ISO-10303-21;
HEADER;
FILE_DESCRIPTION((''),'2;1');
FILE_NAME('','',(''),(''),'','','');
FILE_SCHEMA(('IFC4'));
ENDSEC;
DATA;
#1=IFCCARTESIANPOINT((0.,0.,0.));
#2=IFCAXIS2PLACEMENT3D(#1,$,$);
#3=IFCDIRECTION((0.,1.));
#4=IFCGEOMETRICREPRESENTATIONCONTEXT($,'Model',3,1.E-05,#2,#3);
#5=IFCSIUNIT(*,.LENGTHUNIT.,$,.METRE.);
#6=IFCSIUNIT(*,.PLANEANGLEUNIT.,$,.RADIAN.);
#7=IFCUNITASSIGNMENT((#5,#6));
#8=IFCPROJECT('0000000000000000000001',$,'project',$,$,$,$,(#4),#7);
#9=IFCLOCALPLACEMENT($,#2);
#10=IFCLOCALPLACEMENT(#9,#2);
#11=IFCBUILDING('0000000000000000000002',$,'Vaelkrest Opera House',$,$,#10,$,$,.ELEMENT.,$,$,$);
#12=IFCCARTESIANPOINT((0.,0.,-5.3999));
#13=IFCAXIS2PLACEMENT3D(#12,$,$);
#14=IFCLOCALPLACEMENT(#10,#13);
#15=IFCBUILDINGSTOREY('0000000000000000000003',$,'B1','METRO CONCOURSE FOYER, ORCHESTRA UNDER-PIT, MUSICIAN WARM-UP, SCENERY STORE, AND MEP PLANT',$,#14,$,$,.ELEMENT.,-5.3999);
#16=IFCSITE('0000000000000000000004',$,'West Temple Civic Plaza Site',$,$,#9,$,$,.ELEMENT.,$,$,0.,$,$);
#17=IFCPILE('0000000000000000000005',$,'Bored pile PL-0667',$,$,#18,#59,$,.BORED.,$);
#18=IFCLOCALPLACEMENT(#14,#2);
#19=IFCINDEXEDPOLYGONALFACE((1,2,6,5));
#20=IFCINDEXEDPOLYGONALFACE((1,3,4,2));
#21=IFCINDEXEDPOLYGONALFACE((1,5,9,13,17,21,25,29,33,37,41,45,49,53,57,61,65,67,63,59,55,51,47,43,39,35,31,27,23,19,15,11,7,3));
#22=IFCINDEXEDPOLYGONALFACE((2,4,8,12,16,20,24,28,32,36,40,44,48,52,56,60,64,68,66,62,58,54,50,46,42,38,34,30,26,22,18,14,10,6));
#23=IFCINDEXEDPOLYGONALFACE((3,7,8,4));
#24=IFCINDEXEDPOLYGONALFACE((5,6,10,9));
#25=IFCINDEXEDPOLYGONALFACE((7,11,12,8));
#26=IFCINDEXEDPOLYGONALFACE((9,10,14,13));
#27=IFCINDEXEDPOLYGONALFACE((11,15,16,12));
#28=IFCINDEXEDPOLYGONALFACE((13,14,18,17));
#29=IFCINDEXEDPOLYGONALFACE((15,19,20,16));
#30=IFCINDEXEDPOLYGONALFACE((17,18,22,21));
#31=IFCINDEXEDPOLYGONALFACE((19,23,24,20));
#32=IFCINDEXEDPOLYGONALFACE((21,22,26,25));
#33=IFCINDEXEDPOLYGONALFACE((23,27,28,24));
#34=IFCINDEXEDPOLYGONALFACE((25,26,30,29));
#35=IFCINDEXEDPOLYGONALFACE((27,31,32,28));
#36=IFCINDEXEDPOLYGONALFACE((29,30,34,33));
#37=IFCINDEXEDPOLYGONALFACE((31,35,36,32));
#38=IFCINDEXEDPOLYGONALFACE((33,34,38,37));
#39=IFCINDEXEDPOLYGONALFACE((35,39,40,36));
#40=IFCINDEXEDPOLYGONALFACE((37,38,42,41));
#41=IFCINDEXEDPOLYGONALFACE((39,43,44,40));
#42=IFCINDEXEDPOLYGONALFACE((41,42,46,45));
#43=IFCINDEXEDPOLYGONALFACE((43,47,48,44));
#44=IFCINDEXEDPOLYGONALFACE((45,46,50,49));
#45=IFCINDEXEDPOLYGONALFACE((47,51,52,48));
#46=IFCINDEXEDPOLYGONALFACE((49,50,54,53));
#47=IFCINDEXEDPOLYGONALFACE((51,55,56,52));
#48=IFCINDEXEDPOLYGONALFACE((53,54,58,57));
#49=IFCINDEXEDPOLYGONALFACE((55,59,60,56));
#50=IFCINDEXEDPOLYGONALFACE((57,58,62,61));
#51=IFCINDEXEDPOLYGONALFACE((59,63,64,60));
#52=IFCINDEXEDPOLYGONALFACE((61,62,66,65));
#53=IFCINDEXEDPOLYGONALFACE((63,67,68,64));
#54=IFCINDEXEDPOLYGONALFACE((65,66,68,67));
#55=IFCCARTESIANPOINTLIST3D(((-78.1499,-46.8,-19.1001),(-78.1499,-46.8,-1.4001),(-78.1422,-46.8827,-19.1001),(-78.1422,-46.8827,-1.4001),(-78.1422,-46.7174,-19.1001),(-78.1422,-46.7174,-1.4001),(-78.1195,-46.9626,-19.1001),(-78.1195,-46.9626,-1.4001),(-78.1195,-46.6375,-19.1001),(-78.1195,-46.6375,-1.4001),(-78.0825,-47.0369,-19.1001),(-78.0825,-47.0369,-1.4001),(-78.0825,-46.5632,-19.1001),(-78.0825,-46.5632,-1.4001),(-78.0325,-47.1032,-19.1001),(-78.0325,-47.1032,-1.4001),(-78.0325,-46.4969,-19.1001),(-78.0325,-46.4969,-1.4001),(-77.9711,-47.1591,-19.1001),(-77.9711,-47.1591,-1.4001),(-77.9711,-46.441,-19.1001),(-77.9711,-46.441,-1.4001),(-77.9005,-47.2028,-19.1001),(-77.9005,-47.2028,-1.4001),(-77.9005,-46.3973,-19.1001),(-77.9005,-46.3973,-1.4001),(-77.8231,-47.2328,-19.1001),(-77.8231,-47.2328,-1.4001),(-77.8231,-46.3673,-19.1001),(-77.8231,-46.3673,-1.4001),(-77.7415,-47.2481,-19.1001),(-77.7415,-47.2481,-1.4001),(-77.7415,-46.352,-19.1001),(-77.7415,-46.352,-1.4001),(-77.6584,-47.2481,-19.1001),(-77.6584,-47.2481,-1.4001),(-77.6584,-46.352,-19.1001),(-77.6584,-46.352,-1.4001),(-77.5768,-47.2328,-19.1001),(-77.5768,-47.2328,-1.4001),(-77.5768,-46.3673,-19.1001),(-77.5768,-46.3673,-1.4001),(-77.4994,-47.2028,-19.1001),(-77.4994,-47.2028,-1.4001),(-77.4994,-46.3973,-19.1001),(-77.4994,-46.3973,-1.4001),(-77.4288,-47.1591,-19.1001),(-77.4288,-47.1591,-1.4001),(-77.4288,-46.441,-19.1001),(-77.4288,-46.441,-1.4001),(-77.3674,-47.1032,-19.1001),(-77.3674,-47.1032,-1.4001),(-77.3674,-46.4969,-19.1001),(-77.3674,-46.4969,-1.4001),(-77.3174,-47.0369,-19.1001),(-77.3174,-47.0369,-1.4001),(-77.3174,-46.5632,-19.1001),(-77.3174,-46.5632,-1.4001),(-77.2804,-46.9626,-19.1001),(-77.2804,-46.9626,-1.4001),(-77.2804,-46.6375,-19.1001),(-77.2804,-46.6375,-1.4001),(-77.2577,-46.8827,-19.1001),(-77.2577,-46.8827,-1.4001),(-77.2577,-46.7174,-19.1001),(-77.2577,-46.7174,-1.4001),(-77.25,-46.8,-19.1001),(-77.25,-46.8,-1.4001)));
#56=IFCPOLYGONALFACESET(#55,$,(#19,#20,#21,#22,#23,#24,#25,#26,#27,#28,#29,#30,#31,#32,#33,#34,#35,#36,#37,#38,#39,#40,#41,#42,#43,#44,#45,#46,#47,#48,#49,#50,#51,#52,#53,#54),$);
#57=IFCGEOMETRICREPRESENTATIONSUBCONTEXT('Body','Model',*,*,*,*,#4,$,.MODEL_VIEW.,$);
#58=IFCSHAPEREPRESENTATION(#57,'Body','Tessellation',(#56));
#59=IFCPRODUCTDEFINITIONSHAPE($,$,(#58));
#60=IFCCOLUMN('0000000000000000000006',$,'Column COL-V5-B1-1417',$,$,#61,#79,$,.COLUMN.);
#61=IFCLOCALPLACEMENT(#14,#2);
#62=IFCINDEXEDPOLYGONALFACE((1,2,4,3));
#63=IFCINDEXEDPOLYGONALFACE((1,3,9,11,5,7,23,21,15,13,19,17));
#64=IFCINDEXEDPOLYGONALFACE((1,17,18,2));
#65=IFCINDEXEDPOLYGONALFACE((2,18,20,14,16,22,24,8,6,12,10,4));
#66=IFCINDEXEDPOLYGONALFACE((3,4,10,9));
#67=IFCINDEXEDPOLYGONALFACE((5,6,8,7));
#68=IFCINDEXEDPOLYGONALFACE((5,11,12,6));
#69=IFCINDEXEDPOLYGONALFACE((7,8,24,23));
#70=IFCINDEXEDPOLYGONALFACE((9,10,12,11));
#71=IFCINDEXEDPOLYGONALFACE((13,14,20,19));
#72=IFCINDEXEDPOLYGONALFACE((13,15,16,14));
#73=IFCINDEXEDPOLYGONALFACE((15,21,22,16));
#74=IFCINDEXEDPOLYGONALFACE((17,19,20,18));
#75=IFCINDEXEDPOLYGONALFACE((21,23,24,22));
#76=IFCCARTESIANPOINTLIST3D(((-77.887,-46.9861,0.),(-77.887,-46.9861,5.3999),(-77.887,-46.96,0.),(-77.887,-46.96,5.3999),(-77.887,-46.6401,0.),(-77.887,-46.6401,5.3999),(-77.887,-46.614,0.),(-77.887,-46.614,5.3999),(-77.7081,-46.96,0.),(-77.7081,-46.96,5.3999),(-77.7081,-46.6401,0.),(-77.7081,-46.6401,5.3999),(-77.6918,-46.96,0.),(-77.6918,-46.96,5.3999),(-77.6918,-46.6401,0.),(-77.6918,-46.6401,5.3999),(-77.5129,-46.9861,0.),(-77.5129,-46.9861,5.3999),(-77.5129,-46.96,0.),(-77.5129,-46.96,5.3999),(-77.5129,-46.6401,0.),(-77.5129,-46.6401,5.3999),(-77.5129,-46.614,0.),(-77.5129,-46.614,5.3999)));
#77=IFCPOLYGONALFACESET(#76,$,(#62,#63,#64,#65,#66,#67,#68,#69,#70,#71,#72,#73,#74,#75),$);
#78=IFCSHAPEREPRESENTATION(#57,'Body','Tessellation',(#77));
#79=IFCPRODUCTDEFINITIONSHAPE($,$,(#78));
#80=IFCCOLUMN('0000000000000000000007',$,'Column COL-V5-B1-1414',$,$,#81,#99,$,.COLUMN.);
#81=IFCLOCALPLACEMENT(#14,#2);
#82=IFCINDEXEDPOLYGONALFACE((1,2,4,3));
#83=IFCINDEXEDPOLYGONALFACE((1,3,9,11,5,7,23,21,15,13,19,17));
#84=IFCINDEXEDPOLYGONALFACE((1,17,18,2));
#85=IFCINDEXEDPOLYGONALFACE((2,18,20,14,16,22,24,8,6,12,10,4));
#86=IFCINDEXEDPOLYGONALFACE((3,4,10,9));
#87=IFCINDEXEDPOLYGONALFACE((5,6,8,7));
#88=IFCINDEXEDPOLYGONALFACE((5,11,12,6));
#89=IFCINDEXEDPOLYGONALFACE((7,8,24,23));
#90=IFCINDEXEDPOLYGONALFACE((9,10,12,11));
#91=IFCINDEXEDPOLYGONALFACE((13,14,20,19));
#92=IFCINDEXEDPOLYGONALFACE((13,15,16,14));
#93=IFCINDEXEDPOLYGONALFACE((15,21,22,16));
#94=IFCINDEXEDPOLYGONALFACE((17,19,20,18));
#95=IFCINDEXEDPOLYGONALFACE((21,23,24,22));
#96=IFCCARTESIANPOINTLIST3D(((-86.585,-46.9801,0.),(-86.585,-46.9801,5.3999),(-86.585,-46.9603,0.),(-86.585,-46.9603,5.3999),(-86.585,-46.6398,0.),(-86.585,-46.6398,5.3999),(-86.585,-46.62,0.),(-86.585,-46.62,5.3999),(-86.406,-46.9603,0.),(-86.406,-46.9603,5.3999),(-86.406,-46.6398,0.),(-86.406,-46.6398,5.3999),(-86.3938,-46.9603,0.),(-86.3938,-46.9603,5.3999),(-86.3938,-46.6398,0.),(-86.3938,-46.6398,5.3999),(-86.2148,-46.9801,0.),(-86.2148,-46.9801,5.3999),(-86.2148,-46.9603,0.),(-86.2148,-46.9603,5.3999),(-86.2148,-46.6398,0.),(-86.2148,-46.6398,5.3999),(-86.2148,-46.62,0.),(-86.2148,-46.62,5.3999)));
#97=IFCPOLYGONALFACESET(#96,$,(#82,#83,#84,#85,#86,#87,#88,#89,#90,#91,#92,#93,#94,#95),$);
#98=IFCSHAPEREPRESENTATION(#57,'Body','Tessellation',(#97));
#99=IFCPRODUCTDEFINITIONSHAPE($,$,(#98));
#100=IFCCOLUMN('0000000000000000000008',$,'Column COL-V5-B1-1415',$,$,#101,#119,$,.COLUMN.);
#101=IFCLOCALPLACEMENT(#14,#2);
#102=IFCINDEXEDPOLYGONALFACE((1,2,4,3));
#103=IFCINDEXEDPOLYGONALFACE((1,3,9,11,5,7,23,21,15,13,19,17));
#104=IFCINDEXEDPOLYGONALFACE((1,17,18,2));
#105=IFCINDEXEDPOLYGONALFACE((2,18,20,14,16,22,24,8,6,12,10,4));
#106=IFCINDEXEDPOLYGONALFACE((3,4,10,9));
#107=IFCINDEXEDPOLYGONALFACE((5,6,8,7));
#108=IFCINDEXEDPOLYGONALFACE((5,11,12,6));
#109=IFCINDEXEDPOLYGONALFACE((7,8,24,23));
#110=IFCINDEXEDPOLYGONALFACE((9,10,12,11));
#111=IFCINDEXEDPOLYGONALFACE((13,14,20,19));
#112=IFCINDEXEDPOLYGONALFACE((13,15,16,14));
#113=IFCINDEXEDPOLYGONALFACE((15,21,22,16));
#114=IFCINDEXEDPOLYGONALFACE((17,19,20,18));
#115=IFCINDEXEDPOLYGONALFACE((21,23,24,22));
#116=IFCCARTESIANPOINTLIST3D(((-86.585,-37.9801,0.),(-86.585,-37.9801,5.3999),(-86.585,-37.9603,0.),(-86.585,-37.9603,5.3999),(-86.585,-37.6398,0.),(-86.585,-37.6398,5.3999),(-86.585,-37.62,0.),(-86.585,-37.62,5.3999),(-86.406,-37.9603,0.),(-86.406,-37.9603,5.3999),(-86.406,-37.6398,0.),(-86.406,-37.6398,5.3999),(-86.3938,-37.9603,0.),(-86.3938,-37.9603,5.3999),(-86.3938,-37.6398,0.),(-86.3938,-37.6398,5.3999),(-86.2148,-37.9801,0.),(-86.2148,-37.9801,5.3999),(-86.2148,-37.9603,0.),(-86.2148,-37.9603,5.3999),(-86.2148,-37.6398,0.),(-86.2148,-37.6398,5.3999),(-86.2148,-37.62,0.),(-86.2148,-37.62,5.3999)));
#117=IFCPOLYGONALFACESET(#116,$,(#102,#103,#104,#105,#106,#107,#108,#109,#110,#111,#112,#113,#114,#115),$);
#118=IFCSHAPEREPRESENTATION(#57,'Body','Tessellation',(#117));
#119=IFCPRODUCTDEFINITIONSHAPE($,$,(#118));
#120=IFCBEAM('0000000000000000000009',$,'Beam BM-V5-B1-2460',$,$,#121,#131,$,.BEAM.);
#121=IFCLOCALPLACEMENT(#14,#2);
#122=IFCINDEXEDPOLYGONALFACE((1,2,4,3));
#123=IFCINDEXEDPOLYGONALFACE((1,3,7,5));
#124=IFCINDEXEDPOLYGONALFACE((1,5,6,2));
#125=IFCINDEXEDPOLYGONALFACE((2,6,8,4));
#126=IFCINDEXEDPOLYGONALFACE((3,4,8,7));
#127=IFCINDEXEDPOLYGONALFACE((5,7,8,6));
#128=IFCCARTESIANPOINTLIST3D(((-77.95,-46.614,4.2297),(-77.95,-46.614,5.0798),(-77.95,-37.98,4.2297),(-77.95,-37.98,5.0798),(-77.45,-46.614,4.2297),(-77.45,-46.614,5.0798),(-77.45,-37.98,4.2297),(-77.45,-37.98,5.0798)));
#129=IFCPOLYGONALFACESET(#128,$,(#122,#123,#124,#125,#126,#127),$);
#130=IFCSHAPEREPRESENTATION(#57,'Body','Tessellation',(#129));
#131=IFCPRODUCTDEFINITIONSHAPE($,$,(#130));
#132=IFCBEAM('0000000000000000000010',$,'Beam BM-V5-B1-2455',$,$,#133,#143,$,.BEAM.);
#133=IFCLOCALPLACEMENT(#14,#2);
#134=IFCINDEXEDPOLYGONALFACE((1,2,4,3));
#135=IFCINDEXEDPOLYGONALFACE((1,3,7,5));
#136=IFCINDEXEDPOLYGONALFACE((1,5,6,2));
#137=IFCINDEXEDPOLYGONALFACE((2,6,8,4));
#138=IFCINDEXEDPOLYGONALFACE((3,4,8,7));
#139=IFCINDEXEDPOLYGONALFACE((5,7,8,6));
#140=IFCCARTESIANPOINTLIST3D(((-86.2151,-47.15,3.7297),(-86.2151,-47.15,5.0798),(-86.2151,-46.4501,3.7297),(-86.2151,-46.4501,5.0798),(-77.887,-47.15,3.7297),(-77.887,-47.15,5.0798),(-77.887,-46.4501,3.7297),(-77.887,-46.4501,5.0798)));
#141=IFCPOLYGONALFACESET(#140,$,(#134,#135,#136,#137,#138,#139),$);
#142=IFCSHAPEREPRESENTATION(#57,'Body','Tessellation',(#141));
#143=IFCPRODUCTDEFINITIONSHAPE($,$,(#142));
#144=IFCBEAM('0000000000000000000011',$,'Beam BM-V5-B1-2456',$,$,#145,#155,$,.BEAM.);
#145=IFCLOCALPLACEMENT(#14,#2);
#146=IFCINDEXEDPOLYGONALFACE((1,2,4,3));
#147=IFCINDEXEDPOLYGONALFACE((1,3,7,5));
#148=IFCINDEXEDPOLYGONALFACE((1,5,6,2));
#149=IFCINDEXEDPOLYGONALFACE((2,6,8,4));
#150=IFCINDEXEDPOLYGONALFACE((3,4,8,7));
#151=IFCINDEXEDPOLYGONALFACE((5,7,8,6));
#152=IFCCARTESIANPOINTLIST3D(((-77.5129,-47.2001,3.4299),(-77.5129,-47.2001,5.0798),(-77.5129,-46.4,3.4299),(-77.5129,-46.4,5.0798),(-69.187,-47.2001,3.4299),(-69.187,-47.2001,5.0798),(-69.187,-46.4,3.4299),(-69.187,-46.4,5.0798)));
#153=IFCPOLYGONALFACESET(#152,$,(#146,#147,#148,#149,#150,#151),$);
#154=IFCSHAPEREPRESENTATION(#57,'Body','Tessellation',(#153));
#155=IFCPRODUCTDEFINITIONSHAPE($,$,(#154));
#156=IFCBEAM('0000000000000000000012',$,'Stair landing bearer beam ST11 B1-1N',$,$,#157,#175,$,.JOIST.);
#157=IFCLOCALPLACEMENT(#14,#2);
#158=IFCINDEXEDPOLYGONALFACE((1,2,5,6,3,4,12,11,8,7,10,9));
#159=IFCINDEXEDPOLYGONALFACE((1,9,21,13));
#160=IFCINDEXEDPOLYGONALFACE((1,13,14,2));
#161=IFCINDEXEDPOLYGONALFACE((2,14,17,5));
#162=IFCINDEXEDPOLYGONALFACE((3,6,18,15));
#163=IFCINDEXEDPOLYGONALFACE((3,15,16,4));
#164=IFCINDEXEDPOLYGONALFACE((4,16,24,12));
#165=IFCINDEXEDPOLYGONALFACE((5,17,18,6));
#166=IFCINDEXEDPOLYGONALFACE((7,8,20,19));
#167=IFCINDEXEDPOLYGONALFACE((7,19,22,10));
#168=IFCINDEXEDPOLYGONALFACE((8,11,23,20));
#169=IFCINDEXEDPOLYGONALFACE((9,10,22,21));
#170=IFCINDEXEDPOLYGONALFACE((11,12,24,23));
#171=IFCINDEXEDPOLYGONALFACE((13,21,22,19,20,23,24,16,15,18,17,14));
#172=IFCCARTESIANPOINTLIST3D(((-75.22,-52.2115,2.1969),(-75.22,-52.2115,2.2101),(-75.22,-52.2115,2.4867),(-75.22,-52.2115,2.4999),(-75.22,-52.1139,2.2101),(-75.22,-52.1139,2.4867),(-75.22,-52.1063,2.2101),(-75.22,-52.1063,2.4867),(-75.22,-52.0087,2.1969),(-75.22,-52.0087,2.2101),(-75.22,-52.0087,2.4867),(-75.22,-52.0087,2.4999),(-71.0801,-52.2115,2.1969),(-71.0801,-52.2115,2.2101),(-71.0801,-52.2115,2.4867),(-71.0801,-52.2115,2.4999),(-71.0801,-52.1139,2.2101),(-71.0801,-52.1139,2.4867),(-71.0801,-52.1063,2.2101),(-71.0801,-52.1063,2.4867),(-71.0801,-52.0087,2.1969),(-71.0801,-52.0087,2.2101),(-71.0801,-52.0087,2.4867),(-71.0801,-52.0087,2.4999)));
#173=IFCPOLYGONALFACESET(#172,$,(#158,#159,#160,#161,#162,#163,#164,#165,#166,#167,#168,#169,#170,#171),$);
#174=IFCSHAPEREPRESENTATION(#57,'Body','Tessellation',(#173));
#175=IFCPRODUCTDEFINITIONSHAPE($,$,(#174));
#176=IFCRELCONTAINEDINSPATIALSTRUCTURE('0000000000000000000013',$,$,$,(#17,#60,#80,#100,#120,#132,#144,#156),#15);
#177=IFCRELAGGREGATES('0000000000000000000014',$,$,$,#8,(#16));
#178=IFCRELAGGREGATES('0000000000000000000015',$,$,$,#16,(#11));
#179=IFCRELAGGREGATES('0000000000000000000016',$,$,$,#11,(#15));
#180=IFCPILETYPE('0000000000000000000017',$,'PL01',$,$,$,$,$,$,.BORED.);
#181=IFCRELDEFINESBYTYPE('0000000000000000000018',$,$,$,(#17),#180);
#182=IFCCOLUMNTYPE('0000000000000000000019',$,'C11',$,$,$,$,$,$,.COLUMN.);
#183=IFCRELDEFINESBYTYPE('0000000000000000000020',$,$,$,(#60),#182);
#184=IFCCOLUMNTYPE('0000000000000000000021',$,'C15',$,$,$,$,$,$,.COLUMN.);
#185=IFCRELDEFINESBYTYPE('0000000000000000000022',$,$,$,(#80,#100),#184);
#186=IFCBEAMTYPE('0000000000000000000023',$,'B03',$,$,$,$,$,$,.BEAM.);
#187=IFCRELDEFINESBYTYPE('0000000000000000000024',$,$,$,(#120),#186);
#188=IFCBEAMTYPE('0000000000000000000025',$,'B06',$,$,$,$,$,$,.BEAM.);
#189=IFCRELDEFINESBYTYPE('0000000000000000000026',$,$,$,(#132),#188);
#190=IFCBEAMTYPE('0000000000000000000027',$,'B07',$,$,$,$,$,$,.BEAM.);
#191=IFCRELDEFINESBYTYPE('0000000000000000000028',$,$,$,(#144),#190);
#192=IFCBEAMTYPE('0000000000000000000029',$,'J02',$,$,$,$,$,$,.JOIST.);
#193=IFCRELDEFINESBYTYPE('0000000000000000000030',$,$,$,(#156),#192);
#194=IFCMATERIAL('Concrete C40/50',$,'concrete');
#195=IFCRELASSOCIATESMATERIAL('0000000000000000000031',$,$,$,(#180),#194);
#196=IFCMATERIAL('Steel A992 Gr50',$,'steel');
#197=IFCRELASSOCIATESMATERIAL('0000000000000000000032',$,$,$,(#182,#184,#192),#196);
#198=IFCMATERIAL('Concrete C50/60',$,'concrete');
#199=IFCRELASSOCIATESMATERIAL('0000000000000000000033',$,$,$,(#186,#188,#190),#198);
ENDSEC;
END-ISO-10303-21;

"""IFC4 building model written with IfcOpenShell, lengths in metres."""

from ifc_helpers import new_model, si_unit, direction, frame, origin, origin_2d, place, context, subcontext, project, spatial, rectangle, circle, i_section, extrude, material, material_profile, profile_set, type_object, element, save


model = new_model("IFC4")

# Units and contexts
model_context = context("Model", 3, precision=1e-05, world=origin(), true_north=direction((0.0, 1.0)))
body_context = subcontext(model_context, "Body", "Model", "MODEL_VIEW")
ifc_project = project(units=[si_unit("LENGTHUNIT", "METRE"), si_unit("PLANEANGLEUNIT", "RADIAN")], contexts=[model_context])

# Site, building, storey
site_placement = place(None, origin())
site = spatial("IfcSite", under=ifc_project, at=site_placement, Name="West Temple Civic Plaza Site", CompositionType="ELEMENT", RefElevation=0.0)
building_placement = place(site_placement, origin())
building = spatial("IfcBuilding", under=site, at=building_placement, Name="Vaelkrest Opera House", CompositionType="ELEMENT")
storey_placement = place(building_placement, frame((0.0, 0.0, -5.3999)))
storey = spatial("IfcBuildingStorey", under=building, at=storey_placement, Name="B1", Description="METRO CONCOURSE FOYER, ORCHESTRA UNDER-PIT, MUSICIAN WARM-UP, SCENERY STORE, AND MEP PLANT", CompositionType="ELEMENT", Elevation=-5.3999)

# Shared definitions
ifc_material_1 = material(Name="Concrete C40/50", Category="concrete")

# Pile
ifc_material_profile_1 = material_profile(ifc_material_1, circle(Radius=0.45, at=origin_2d()), Name="PILE900")
ifc_profile_set_1 = profile_set([ifc_material_profile_1], Name="Concrete C40/50")
pile_type = type_object("IfcPileType", Name="PL01", PredefinedType="BORED", material=ifc_profile_set_1)
for number, where, z_axis, x_axis, name in (
    (1, (-77.7, -46.8, -1.4001), (0.0, 0.0, -1.0), (1.0, 0.0, 0.0), "Bored pile PL-0667"),
):
    element("IfcPile", number, at=place(storey_placement, frame(where, z_axis=z_axis, x_axis=x_axis)), inside=storey, type_object=pile_type, Name=name, PredefinedType="BORED", context=body_context, shape_type="SweptSolid", body=[
        extrude(circle(Radius=0.45, at=origin_2d()), origin(), (0.0, 0.0, 1.0), 17.7),
    ])

# Columns
ifc_material_2 = material(Name="Steel A992 Gr50", Category="steel")
ifc_material_profile_2 = material_profile(ifc_material_2, i_section(OverallWidth=0.374, OverallDepth=0.3721, WebThickness=0.0164, FlangeThickness=0.0261, at=origin_2d()), Name="W14X132")
ifc_profile_set_2 = profile_set([ifc_material_profile_2], Name="Steel A992 Gr50")
column_type_1 = type_object("IfcColumnType", Name="C11", PredefinedType="COLUMN", material=ifc_profile_set_2)
column_placement = place(storey_placement, frame((-77.7, -46.8, 0.0), z_axis=(0.0, 0.0, 1.0), x_axis=(1.0, 0.0, 0.0)))
element("IfcColumn", 2, at=column_placement, inside=storey, type_object=column_type_1, Name="Column COL-V5-B1-1417", PredefinedType="COLUMN", context=body_context, shape_type="SweptSolid", body=[
    extrude(i_section(OverallWidth=0.374, OverallDepth=0.3721, WebThickness=0.0164, FlangeThickness=0.0261, at=origin_2d()), origin(), (0.0, 0.0, 1.0), 5.3999),
])
ifc_material_profile_3 = material_profile(ifc_material_2, i_section(OverallWidth=0.3701, OverallDepth=0.3601, WebThickness=0.0122, FlangeThickness=0.0198, at=origin_2d()), Name="W14X99")
ifc_profile_set_3 = profile_set([ifc_material_profile_3], Name="Steel A992 Gr50")
column_type_2 = type_object("IfcColumnType", Name="C15", PredefinedType="COLUMN", material=ifc_profile_set_3)
for number, where, z_axis, x_axis, name in (
    (3, (-86.3999, -46.8, 0.0), (0.0, 0.0, 1.0), (1.0, 0.0, 0.0), "Column COL-V5-B1-1414"),
    (4, (-86.3999, -37.8, 0.0), (0.0, 0.0, 1.0), (1.0, 0.0, 0.0), "Column COL-V5-B1-1415"),
):
    element("IfcColumn", number, at=place(storey_placement, frame(where, z_axis=z_axis, x_axis=x_axis)), inside=storey, type_object=column_type_2, Name=name, PredefinedType="COLUMN", context=body_context, shape_type="SweptSolid", body=[
        extrude(i_section(OverallWidth=0.3701, OverallDepth=0.3601, WebThickness=0.0122, FlangeThickness=0.0198, at=origin_2d()), origin(), (0.0, 0.0, 1.0), 5.3999),
    ])

# Beams
ifc_material_3 = material(Name="Concrete C50/60", Category="concrete")
ifc_material_profile_4 = material_profile(ifc_material_3, rectangle(XDim=0.5, YDim=0.8501, at=origin_2d()), Name="RCB500X850")
ifc_profile_set_4 = profile_set([ifc_material_profile_4], Name="Concrete C50/60")
beam_type_1 = type_object("IfcBeamType", Name="B03", PredefinedType="BEAM", material=ifc_profile_set_4)
beam_1_placement = place(storey_placement, frame((-77.7, -46.614, 4.6548), z_axis=(0.0, 1.0, 0.0), x_axis=(-1.0, 0.0, 0.0)))
element("IfcBeam", 5, at=beam_1_placement, inside=storey, type_object=beam_type_1, Name="Beam BM-V5-B1-2460", PredefinedType="BEAM", context=body_context, shape_type="SweptSolid", body=[
    extrude(rectangle(XDim=0.5, YDim=0.8501, at=origin_2d()), origin(), (0.0, 0.0, 1.0), 8.634),
])
ifc_material_profile_5 = material_profile(ifc_material_3, rectangle(XDim=0.7, YDim=1.3501, at=origin_2d()), Name="RCB700X1350")
ifc_profile_set_5 = profile_set([ifc_material_profile_5], Name="Concrete C50/60")
beam_type_2 = type_object("IfcBeamType", Name="B06", PredefinedType="BEAM", material=ifc_profile_set_5)
beam_2_placement = place(storey_placement, frame((-86.2151, -46.8, 4.4048), z_axis=(1.0, 0.0, 0.0), x_axis=(0.0, 1.0, 0.0)))
element("IfcBeam", 6, at=beam_2_placement, inside=storey, type_object=beam_type_2, Name="Beam BM-V5-B1-2455", PredefinedType="BEAM", context=body_context, shape_type="SweptSolid", body=[
    extrude(rectangle(XDim=0.7, YDim=1.3501, at=origin_2d()), origin(), (0.0, 0.0, 1.0), 8.3281),
])
ifc_material_profile_6 = material_profile(ifc_material_3, rectangle(XDim=0.8, YDim=1.6499, at=origin_2d()), Name="RCB800X1650")
ifc_profile_set_6 = profile_set([ifc_material_profile_6], Name="Concrete C50/60")
beam_type_3 = type_object("IfcBeamType", Name="B07", PredefinedType="BEAM", material=ifc_profile_set_6)
beam_3_placement = place(storey_placement, frame((-77.5129, -46.8, 4.2549), z_axis=(1.0, 0.0, 0.0), x_axis=(0.0, 1.0, 0.0)))
element("IfcBeam", 7, at=beam_3_placement, inside=storey, type_object=beam_type_3, Name="Beam BM-V5-B1-2456", PredefinedType="BEAM", context=body_context, shape_type="SweptSolid", body=[
    extrude(rectangle(XDim=0.8, YDim=1.6499, at=origin_2d()), origin(), (0.0, 0.0, 1.0), 8.3259),
])
ifc_material_profile_7 = material_profile(ifc_material_2, i_section(OverallWidth=0.2029, OverallDepth=0.303, WebThickness=0.0076, FlangeThickness=0.0132, at=origin_2d()), Name="W12X40")
ifc_profile_set_7 = profile_set([ifc_material_profile_7], Name="Steel A992 Gr50")
beam_type_4 = type_object("IfcBeamType", Name="J02", PredefinedType="JOIST", material=ifc_profile_set_7)
for number, where, z_axis, x_axis, name in (
    (8, (-75.22, -52.1101, 2.3484), (1.0, 0.0, 0.0), (0.0, 1.0, 0.0), "Stair landing bearer beam ST11 B1-1N"),
):
    element("IfcBeam", number, at=place(storey_placement, frame(where, z_axis=z_axis, x_axis=x_axis)), inside=storey, type_object=beam_type_4, Name=name, PredefinedType="JOIST", context=body_context, shape_type="SweptSolid", body=[
        extrude(i_section(OverallWidth=0.2029, OverallDepth=0.303, WebThickness=0.0076, FlangeThickness=0.0132, at=origin_2d()), origin(), (0.0, 0.0, 1.0), 4.1399),
    ])

save(model, "model.ifc")
